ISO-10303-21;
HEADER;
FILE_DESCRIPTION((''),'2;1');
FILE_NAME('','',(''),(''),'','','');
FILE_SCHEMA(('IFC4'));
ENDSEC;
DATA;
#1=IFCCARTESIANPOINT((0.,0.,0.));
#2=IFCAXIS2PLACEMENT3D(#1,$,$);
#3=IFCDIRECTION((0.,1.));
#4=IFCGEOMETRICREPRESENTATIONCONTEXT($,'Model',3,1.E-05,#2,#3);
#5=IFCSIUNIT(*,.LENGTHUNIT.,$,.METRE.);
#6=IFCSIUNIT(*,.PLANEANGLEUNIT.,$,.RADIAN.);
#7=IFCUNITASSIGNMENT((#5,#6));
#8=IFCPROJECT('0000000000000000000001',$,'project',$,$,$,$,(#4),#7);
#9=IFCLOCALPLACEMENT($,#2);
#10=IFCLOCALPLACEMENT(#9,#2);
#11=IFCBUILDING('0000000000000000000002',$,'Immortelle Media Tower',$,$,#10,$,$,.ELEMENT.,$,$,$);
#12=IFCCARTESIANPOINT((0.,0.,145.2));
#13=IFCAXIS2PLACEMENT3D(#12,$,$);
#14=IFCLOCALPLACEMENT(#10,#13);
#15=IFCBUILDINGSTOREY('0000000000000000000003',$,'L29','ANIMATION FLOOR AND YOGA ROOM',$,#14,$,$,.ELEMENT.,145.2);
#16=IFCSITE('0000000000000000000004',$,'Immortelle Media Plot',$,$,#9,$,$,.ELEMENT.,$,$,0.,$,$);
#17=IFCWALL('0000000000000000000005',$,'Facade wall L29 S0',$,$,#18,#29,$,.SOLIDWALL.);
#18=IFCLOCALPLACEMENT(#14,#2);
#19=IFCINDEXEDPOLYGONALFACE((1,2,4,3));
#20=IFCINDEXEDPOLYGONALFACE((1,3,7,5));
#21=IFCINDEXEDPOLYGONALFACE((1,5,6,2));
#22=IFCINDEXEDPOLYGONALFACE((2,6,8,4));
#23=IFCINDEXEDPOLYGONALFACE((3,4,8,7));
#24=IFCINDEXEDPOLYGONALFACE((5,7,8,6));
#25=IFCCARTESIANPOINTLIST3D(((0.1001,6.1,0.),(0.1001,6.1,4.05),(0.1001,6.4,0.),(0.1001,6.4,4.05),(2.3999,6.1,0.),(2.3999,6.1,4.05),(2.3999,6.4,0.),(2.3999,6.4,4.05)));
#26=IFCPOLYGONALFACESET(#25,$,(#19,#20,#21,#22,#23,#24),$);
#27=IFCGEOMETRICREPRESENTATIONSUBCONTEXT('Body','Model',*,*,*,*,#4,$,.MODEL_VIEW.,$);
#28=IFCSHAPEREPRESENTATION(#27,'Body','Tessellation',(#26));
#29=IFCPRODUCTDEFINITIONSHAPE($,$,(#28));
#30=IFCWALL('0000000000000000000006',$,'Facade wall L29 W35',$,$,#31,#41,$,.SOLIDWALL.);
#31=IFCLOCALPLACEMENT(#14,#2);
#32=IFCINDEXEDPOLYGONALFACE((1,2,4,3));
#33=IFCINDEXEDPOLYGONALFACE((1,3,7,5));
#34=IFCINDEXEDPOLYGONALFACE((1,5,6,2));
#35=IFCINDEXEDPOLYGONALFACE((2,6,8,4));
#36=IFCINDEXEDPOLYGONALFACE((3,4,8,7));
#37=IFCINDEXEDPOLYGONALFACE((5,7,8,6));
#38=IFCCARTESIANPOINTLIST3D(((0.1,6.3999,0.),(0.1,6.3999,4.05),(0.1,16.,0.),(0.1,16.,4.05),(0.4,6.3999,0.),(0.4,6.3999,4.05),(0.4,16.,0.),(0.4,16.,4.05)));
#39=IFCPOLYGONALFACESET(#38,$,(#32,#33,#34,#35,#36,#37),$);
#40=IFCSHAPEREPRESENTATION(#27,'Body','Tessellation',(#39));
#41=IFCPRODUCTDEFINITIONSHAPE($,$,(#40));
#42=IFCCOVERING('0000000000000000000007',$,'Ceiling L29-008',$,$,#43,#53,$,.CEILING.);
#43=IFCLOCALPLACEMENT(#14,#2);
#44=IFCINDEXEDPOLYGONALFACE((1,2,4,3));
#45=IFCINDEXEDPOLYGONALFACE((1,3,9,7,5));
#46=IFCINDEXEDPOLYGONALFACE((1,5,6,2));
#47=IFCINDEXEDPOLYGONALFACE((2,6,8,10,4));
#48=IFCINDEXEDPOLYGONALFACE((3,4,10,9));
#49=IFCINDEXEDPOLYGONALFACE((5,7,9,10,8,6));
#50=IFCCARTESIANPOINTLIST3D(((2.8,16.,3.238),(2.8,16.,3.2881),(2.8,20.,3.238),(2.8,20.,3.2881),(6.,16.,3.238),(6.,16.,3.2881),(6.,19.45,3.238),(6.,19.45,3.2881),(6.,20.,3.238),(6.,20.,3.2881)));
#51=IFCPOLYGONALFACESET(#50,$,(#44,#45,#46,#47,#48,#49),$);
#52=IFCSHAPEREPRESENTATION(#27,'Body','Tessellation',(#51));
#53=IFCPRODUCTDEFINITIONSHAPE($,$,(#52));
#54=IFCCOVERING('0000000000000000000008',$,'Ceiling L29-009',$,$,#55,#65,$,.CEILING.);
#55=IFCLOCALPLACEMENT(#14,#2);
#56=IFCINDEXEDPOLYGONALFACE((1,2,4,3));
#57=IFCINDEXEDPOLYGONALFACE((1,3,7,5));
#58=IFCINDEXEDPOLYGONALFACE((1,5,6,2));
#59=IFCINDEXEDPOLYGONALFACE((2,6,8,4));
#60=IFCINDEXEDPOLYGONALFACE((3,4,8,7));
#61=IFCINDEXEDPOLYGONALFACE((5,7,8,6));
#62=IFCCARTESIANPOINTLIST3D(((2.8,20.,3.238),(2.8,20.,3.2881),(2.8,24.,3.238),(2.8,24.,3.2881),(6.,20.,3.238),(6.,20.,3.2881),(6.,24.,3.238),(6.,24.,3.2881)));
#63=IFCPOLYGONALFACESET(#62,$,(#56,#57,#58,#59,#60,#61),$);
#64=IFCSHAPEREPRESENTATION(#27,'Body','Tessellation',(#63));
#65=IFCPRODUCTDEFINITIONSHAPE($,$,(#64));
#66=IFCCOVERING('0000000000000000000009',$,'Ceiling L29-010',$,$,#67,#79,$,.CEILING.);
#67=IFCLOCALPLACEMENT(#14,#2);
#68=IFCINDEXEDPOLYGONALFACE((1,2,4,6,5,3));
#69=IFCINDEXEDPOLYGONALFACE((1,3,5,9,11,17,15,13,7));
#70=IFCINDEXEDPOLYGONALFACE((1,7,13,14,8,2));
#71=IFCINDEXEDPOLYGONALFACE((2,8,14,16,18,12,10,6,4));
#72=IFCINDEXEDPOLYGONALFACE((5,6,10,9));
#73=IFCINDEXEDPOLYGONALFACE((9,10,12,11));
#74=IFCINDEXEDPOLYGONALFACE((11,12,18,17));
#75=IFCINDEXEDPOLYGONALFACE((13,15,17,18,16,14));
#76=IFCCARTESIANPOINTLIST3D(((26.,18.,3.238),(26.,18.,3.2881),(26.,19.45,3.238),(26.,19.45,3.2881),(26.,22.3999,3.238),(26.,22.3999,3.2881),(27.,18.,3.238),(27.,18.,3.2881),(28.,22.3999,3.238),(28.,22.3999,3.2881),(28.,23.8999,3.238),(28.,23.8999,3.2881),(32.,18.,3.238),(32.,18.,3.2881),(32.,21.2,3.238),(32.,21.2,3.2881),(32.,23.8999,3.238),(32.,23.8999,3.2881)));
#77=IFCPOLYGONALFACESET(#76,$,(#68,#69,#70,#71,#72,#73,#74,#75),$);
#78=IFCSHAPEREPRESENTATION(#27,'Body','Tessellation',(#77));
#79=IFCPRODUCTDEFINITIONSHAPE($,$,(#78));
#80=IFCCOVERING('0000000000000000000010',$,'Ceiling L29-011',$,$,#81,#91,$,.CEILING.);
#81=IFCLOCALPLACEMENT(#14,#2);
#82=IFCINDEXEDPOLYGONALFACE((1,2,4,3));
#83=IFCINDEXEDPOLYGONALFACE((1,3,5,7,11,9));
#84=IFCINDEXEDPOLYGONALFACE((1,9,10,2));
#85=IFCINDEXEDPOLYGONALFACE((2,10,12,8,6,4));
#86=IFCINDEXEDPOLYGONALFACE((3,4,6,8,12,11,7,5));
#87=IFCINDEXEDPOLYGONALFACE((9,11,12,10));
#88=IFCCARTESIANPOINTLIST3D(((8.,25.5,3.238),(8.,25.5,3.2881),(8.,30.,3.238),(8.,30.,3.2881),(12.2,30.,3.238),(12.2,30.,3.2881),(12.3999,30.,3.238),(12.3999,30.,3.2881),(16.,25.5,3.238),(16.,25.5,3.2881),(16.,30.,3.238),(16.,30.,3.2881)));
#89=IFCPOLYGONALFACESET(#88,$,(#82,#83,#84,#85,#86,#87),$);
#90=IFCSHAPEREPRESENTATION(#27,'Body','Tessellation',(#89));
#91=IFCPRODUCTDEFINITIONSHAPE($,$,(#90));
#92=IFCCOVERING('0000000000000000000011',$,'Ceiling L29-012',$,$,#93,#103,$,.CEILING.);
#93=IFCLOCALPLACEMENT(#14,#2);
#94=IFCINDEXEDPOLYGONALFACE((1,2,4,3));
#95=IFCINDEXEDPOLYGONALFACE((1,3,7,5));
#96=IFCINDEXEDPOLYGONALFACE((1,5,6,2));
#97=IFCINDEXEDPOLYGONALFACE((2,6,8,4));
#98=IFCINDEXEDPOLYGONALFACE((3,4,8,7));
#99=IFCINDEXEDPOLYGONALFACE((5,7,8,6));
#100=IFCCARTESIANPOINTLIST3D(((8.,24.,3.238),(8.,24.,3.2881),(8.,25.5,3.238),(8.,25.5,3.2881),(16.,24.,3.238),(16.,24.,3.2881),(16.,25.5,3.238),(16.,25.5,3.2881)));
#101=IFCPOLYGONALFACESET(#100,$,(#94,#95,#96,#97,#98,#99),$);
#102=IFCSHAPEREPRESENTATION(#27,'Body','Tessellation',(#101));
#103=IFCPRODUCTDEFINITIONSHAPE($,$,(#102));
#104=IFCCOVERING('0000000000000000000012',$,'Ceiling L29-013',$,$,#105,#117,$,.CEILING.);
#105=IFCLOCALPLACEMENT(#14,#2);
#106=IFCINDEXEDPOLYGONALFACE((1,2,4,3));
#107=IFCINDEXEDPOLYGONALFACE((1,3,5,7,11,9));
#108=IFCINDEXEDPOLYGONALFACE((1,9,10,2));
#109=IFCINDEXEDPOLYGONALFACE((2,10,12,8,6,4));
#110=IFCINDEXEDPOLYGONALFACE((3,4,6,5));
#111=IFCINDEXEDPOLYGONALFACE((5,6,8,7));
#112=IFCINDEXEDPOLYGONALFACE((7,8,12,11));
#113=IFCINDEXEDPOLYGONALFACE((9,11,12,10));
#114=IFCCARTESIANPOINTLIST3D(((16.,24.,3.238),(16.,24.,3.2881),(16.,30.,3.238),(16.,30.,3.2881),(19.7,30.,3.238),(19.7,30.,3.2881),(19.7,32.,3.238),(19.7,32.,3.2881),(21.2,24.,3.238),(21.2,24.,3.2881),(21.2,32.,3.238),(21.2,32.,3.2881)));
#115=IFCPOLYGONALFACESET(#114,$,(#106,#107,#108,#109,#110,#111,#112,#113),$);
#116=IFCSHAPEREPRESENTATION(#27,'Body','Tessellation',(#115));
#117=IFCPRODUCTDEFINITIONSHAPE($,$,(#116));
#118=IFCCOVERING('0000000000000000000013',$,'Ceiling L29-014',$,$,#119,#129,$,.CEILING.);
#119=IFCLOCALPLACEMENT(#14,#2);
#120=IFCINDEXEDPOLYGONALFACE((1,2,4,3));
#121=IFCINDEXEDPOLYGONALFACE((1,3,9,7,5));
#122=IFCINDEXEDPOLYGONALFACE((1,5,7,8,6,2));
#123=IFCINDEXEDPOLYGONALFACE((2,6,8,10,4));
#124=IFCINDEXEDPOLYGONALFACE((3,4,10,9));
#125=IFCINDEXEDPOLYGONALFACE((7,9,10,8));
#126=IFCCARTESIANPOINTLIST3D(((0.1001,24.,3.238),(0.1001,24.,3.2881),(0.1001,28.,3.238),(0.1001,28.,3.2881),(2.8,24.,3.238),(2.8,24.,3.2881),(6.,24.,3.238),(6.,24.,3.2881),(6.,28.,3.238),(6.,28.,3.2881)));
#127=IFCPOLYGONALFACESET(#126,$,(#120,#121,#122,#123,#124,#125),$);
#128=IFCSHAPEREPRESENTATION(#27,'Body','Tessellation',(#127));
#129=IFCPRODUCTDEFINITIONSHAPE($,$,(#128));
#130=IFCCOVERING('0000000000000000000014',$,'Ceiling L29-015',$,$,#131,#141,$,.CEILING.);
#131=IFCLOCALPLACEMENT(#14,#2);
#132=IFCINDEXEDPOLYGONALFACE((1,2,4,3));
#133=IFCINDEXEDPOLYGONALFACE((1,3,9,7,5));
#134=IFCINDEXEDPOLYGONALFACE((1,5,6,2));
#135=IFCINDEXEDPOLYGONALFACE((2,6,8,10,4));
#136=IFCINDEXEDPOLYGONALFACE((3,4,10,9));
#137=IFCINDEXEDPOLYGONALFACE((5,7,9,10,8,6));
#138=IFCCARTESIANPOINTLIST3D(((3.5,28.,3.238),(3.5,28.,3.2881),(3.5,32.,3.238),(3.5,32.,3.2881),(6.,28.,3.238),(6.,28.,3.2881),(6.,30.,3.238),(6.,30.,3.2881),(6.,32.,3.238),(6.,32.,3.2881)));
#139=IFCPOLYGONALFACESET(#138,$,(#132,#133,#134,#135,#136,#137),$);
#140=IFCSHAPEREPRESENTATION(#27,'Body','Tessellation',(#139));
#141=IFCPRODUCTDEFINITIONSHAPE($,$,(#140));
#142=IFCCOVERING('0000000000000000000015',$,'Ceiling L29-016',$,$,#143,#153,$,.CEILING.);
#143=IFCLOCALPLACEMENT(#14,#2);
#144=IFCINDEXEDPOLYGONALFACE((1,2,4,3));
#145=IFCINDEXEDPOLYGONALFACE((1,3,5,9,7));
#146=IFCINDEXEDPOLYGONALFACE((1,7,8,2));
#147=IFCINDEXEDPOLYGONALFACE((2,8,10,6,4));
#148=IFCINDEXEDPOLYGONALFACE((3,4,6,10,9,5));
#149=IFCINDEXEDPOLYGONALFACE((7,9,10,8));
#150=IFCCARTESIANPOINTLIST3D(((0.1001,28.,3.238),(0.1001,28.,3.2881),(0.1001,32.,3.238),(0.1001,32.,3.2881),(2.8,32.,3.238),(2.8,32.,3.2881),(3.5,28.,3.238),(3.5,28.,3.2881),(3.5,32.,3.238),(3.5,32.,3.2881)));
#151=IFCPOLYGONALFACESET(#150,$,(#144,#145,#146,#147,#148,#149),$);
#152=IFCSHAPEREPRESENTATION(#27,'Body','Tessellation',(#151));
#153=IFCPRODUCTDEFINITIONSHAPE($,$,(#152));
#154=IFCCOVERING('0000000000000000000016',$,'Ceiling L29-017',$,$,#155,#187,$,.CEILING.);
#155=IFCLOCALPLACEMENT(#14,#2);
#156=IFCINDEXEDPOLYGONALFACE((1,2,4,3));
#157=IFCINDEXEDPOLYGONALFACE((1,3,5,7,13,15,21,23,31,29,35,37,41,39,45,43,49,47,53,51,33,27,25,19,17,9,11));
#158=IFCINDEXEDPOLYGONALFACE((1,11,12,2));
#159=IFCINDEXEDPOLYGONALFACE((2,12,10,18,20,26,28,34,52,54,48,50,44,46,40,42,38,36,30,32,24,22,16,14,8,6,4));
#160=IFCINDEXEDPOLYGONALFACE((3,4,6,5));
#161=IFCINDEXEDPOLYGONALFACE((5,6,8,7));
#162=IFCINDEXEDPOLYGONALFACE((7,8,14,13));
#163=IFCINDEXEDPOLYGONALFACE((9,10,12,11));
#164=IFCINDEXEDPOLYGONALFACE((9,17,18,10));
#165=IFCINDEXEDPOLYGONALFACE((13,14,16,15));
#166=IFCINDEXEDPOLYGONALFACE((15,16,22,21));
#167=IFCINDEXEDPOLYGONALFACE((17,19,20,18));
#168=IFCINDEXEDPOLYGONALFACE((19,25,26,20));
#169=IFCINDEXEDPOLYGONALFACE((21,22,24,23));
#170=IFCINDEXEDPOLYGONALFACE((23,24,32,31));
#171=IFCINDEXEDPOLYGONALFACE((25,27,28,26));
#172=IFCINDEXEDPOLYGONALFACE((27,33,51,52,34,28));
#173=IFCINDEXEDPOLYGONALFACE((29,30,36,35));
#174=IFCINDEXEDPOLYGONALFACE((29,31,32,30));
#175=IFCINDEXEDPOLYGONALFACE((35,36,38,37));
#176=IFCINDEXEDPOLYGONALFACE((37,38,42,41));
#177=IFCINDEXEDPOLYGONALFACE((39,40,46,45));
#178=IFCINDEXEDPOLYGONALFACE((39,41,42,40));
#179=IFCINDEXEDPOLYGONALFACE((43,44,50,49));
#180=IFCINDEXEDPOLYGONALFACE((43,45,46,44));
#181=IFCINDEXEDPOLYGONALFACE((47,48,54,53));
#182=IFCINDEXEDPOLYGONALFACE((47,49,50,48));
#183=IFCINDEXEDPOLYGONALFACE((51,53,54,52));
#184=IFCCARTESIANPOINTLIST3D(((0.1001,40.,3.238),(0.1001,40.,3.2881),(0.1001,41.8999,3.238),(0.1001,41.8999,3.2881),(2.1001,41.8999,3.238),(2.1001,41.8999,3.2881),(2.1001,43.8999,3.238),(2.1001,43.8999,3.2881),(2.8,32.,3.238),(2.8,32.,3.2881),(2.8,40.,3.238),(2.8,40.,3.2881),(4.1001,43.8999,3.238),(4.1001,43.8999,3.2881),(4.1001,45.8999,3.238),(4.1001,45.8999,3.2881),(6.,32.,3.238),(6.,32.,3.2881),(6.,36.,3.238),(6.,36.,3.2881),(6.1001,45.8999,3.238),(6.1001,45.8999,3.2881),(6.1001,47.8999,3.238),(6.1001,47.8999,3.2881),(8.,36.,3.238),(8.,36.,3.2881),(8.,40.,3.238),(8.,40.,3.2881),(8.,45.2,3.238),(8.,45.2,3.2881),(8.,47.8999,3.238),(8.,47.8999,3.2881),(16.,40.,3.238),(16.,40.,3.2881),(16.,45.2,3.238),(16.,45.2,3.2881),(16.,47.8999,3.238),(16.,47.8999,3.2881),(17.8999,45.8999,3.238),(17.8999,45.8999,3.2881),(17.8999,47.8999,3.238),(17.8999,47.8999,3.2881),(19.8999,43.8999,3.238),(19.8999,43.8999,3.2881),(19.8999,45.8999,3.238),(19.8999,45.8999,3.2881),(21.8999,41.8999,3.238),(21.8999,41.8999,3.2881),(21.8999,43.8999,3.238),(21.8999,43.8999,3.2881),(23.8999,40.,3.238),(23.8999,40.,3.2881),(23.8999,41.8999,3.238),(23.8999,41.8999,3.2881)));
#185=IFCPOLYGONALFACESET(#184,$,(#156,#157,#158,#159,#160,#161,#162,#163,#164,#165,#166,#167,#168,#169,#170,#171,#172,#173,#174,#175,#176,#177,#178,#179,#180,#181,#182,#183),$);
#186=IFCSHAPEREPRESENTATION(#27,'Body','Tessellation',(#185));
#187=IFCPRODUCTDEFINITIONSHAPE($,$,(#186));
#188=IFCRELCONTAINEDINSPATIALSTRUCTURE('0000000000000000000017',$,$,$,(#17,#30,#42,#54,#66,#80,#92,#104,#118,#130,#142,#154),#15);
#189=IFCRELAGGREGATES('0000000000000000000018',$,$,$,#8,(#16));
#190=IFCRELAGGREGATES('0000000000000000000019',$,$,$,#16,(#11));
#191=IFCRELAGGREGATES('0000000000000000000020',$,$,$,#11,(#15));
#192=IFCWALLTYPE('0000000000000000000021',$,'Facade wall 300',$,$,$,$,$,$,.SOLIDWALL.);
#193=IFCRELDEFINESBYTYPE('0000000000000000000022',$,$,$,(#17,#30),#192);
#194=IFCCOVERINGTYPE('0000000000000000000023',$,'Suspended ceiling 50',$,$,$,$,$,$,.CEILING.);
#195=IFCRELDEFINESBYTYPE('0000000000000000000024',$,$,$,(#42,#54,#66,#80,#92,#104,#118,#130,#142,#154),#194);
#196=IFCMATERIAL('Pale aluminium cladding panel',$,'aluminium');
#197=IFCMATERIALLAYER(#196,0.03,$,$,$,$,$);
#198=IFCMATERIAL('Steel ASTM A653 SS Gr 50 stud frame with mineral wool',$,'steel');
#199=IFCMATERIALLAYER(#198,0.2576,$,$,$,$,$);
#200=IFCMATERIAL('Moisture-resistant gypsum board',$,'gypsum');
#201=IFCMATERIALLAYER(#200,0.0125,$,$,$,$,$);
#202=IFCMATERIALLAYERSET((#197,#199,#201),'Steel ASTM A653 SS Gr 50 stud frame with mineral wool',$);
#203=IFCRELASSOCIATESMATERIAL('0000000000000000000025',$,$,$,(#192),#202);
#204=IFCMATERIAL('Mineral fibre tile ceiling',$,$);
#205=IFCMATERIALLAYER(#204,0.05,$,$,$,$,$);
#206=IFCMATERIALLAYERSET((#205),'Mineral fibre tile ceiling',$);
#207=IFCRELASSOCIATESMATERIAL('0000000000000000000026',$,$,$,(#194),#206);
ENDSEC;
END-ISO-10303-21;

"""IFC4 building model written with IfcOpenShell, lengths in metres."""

from ifc_helpers import new_model, si_unit, direction, frame, frame_2d, origin, place, context, subcontext, project, spatial, polyline, rectangle, outline, extrude, material, layer, layer_set, type_object, element, save


model = new_model("IFC4")

# Units and contexts
model_context = context("Model", 3, precision=1e-05, world=origin(), true_north=direction((0.0, 1.0)))
body_context = subcontext(model_context, "Body", "Model", "MODEL_VIEW")
ifc_project = project(units=[si_unit("LENGTHUNIT", "METRE"), si_unit("PLANEANGLEUNIT", "RADIAN")], contexts=[model_context])

# Site, building, storey
site_placement = place(None, origin())
site = spatial("IfcSite", under=ifc_project, at=site_placement, Name="Immortelle Media Plot", CompositionType="ELEMENT", RefElevation=0.0)
building_placement = place(site_placement, origin())
building = spatial("IfcBuilding", under=site, at=building_placement, Name="Immortelle Media Tower", CompositionType="ELEMENT")
storey_placement = place(building_placement, frame((0.0, 0.0, 145.2)))
storey = spatial("IfcBuildingStorey", under=building, at=storey_placement, Name="L29", Description="ANIMATION FLOOR AND YOGA ROOM", CompositionType="ELEMENT", Elevation=145.2)

# Walls
ifc_material_1 = material(Name="Pale aluminium cladding panel", Category="aluminium")
ifc_layer_1 = layer(ifc_material_1, 0.03)
ifc_material_2 = material(Name="Steel ASTM A653 SS Gr 50 stud frame with mineral wool", Category="steel")
ifc_layer_2 = layer(ifc_material_2, 0.2576)
ifc_material_3 = material(Name="Moisture-resistant gypsum board", Category="gypsum")
ifc_layer_3 = layer(ifc_material_3, 0.0125)
ifc_layer_set_1 = layer_set([ifc_layer_1, ifc_layer_2, ifc_layer_3], Name="Steel ASTM A653 SS Gr 50 stud frame with mineral wool")
wall_type = type_object("IfcWallType", Name="Facade wall 300", PredefinedType="SOLIDWALL", material=ifc_layer_set_1)
wall_1_placement = place(storey_placement, frame((0.1001, 6.25, 0.0), z_axis=(0.0, 0.0, 1.0), x_axis=(1.0, 0.0, 0.0)))
element("IfcWall", 1, at=wall_1_placement, inside=storey, type_object=wall_type, Name="Facade wall L29 S0", PredefinedType="SOLIDWALL", context=body_context, shape_type="SweptSolid", body=[
    extrude(rectangle(XDim=2.2998, YDim=0.3, at=frame_2d((1.1499, 0.0))), origin(), (0.0, 0.0, 1.0), 4.05),
])
wall_2_placement = place(storey_placement, frame((0.25, 16.0, 0.0), z_axis=(0.0, 0.0, 1.0), x_axis=(0.0, -1.0, 0.0)))
element("IfcWall", 2, at=wall_2_placement, inside=storey, type_object=wall_type, Name="Facade wall L29 W35", PredefinedType="SOLIDWALL", context=body_context, shape_type="SweptSolid", body=[
    extrude(rectangle(XDim=9.6001, YDim=0.3, at=frame_2d((4.8, 0.0))), origin(), (0.0, 0.0, 1.0), 4.05),
])

# Coverings
ifc_material_4 = material(Name="Mineral fibre tile ceiling")
ifc_layer_4 = layer(ifc_material_4, 0.05)
ifc_layer_set_2 = layer_set([ifc_layer_4], Name="Mineral fibre tile ceiling")
covering_type = type_object("IfcCoveringType", Name="Suspended ceiling 50", PredefinedType="CEILING", material=ifc_layer_set_2)
covering_1_placement = place(storey_placement, frame((0.0, 0.0, 3.238)))
element("IfcCovering", 3, at=covering_1_placement, inside=storey, type_object=covering_type, Name="Ceiling L29-008", PredefinedType="CEILING", context=body_context, shape_type="SweptSolid", body=[
    extrude(outline(polyline([(6.0, 16.0), (2.8, 16.0), (2.8, 20.0), (6.0, 20.0), (6.0, 19.45), (6.0, 16.0)])), origin(), (0.0, 0.0, 1.0), 0.05),
])
covering_2_placement = place(storey_placement, frame((0.0, 0.0, 3.238)))
element("IfcCovering", 4, at=covering_2_placement, inside=storey, type_object=covering_type, Name="Ceiling L29-009", PredefinedType="CEILING", context=body_context, shape_type="SweptSolid", body=[
    extrude(outline(polyline([(2.8, 24.0), (6.0, 24.0), (6.0, 20.0), (2.8, 20.0), (2.8, 24.0)])), origin(), (0.0, 0.0, 1.0), 0.05),
])
covering_3_placement = place(storey_placement, frame((0.0, 0.0, 3.238)))
element("IfcCovering", 5, at=covering_3_placement, inside=storey, type_object=covering_type, Name="Ceiling L29-010", PredefinedType="CEILING", context=body_context, shape_type="SweptSolid", body=[
    extrude(outline(polyline([(27.0, 18.0), (26.0, 18.0), (26.0, 19.45), (26.0, 22.3999), (28.0, 22.3999), (28.0, 23.8999), (32.0, 23.8999), (32.0, 21.2), (32.0, 18.0), (27.0, 18.0)])), origin(), (0.0, 0.0, 1.0), 0.05),
])
covering_4_placement = place(storey_placement, frame((0.0, 0.0, 3.238)))
element("IfcCovering", 6, at=covering_4_placement, inside=storey, type_object=covering_type, Name="Ceiling L29-011", PredefinedType="CEILING", context=body_context, shape_type="SweptSolid", body=[
    extrude(outline(polyline([(8.0, 30.0), (12.2, 30.0), (12.3999, 30.0), (16.0, 30.0), (16.0, 25.5), (8.0, 25.5), (8.0, 30.0)])), origin(), (0.0, 0.0, 1.0), 0.05),
])
covering_5_placement = place(storey_placement, frame((0.0, 0.0, 3.238)))
element("IfcCovering", 7, at=covering_5_placement, inside=storey, type_object=covering_type, Name="Ceiling L29-012", PredefinedType="CEILING", context=body_context, shape_type="SweptSolid", body=[
    extrude(outline(polyline([(8.0, 25.5), (16.0, 25.5), (16.0, 24.0), (8.0, 24.0), (8.0, 25.5)])), origin(), (0.0, 0.0, 1.0), 0.05),
])
covering_6_placement = place(storey_placement, frame((0.0, 0.0, 3.238)))
element("IfcCovering", 8, at=covering_6_placement, inside=storey, type_object=covering_type, Name="Ceiling L29-013", PredefinedType="CEILING", context=body_context, shape_type="SweptSolid", body=[
    extrude(outline(polyline([(16.0, 24.0), (16.0, 30.0), (19.7, 30.0), (19.7, 32.0), (21.2, 32.0), (21.2, 24.0), (16.0, 24.0)])), origin(), (0.0, 0.0, 1.0), 0.05),
])
covering_7_placement = place(storey_placement, frame((0.0, 0.0, 3.238)))
element("IfcCovering", 9, at=covering_7_placement, inside=storey, type_object=covering_type, Name="Ceiling L29-014", PredefinedType="CEILING", context=body_context, shape_type="SweptSolid", body=[
    extrude(outline(polyline([(6.0, 24.0), (2.8, 24.0), (0.1001, 24.0), (0.1001, 28.0), (6.0, 28.0), (6.0, 24.0)])), origin(), (0.0, 0.0, 1.0), 0.05),
])
covering_8_placement = place(storey_placement, frame((0.0, 0.0, 3.238)))
element("IfcCovering", 10, at=covering_8_placement, inside=storey, type_object=covering_type, Name="Ceiling L29-015", PredefinedType="CEILING", context=body_context, shape_type="SweptSolid", body=[
    extrude(outline(polyline([(3.5, 28.0), (3.5, 32.0), (6.0, 32.0), (6.0, 30.0), (6.0, 28.0), (3.5, 28.0)])), origin(), (0.0, 0.0, 1.0), 0.05),
])
covering_9_placement = place(storey_placement, frame((0.0, 0.0, 3.238)))
element("IfcCovering", 11, at=covering_9_placement, inside=storey, type_object=covering_type, Name="Ceiling L29-016", PredefinedType="CEILING", context=body_context, shape_type="SweptSolid", body=[
    extrude(outline(polyline([(0.1001, 28.0), (0.1001, 32.0), (2.8, 32.0), (3.5, 32.0), (3.5, 28.0), (0.1001, 28.0)])), origin(), (0.0, 0.0, 1.0), 0.05),
])
covering_10_placement = place(storey_placement, frame((0.0, 0.0, 3.238)))
element("IfcCovering", 12, at=covering_10_placement, inside=storey, type_object=covering_type, Name="Ceiling L29-017", PredefinedType="CEILING", context=body_context, shape_type="SweptSolid", body=[
    extrude(outline(polyline([(2.8, 40.0), (0.1001, 40.0), (0.1001, 41.8999), (2.1001, 41.8999), (2.1001, 43.8999), (4.1001, 43.8999), (4.1001, 45.8999), (6.1001, 45.8999), (6.1001, 47.8999), (8.0, 47.8999), (8.0, 45.2), (16.0, 45.2), (16.0, 47.8999), (17.8999, 47.8999), (17.8999, 45.8999), (19.8999, 45.8999), (19.8999, 43.8999), (21.8999, 43.8999), (21.8999, 41.8999), (23.8999, 41.8999), (23.8999, 40.0), (16.0, 40.0), (8.0, 40.0), (8.0, 36.0), (6.0, 36.0), (6.0, 32.0), (2.8, 32.0), (2.8, 40.0)])), origin(), (0.0, 0.0, 1.0), 0.05),
])

save(model, "model.ifc")
